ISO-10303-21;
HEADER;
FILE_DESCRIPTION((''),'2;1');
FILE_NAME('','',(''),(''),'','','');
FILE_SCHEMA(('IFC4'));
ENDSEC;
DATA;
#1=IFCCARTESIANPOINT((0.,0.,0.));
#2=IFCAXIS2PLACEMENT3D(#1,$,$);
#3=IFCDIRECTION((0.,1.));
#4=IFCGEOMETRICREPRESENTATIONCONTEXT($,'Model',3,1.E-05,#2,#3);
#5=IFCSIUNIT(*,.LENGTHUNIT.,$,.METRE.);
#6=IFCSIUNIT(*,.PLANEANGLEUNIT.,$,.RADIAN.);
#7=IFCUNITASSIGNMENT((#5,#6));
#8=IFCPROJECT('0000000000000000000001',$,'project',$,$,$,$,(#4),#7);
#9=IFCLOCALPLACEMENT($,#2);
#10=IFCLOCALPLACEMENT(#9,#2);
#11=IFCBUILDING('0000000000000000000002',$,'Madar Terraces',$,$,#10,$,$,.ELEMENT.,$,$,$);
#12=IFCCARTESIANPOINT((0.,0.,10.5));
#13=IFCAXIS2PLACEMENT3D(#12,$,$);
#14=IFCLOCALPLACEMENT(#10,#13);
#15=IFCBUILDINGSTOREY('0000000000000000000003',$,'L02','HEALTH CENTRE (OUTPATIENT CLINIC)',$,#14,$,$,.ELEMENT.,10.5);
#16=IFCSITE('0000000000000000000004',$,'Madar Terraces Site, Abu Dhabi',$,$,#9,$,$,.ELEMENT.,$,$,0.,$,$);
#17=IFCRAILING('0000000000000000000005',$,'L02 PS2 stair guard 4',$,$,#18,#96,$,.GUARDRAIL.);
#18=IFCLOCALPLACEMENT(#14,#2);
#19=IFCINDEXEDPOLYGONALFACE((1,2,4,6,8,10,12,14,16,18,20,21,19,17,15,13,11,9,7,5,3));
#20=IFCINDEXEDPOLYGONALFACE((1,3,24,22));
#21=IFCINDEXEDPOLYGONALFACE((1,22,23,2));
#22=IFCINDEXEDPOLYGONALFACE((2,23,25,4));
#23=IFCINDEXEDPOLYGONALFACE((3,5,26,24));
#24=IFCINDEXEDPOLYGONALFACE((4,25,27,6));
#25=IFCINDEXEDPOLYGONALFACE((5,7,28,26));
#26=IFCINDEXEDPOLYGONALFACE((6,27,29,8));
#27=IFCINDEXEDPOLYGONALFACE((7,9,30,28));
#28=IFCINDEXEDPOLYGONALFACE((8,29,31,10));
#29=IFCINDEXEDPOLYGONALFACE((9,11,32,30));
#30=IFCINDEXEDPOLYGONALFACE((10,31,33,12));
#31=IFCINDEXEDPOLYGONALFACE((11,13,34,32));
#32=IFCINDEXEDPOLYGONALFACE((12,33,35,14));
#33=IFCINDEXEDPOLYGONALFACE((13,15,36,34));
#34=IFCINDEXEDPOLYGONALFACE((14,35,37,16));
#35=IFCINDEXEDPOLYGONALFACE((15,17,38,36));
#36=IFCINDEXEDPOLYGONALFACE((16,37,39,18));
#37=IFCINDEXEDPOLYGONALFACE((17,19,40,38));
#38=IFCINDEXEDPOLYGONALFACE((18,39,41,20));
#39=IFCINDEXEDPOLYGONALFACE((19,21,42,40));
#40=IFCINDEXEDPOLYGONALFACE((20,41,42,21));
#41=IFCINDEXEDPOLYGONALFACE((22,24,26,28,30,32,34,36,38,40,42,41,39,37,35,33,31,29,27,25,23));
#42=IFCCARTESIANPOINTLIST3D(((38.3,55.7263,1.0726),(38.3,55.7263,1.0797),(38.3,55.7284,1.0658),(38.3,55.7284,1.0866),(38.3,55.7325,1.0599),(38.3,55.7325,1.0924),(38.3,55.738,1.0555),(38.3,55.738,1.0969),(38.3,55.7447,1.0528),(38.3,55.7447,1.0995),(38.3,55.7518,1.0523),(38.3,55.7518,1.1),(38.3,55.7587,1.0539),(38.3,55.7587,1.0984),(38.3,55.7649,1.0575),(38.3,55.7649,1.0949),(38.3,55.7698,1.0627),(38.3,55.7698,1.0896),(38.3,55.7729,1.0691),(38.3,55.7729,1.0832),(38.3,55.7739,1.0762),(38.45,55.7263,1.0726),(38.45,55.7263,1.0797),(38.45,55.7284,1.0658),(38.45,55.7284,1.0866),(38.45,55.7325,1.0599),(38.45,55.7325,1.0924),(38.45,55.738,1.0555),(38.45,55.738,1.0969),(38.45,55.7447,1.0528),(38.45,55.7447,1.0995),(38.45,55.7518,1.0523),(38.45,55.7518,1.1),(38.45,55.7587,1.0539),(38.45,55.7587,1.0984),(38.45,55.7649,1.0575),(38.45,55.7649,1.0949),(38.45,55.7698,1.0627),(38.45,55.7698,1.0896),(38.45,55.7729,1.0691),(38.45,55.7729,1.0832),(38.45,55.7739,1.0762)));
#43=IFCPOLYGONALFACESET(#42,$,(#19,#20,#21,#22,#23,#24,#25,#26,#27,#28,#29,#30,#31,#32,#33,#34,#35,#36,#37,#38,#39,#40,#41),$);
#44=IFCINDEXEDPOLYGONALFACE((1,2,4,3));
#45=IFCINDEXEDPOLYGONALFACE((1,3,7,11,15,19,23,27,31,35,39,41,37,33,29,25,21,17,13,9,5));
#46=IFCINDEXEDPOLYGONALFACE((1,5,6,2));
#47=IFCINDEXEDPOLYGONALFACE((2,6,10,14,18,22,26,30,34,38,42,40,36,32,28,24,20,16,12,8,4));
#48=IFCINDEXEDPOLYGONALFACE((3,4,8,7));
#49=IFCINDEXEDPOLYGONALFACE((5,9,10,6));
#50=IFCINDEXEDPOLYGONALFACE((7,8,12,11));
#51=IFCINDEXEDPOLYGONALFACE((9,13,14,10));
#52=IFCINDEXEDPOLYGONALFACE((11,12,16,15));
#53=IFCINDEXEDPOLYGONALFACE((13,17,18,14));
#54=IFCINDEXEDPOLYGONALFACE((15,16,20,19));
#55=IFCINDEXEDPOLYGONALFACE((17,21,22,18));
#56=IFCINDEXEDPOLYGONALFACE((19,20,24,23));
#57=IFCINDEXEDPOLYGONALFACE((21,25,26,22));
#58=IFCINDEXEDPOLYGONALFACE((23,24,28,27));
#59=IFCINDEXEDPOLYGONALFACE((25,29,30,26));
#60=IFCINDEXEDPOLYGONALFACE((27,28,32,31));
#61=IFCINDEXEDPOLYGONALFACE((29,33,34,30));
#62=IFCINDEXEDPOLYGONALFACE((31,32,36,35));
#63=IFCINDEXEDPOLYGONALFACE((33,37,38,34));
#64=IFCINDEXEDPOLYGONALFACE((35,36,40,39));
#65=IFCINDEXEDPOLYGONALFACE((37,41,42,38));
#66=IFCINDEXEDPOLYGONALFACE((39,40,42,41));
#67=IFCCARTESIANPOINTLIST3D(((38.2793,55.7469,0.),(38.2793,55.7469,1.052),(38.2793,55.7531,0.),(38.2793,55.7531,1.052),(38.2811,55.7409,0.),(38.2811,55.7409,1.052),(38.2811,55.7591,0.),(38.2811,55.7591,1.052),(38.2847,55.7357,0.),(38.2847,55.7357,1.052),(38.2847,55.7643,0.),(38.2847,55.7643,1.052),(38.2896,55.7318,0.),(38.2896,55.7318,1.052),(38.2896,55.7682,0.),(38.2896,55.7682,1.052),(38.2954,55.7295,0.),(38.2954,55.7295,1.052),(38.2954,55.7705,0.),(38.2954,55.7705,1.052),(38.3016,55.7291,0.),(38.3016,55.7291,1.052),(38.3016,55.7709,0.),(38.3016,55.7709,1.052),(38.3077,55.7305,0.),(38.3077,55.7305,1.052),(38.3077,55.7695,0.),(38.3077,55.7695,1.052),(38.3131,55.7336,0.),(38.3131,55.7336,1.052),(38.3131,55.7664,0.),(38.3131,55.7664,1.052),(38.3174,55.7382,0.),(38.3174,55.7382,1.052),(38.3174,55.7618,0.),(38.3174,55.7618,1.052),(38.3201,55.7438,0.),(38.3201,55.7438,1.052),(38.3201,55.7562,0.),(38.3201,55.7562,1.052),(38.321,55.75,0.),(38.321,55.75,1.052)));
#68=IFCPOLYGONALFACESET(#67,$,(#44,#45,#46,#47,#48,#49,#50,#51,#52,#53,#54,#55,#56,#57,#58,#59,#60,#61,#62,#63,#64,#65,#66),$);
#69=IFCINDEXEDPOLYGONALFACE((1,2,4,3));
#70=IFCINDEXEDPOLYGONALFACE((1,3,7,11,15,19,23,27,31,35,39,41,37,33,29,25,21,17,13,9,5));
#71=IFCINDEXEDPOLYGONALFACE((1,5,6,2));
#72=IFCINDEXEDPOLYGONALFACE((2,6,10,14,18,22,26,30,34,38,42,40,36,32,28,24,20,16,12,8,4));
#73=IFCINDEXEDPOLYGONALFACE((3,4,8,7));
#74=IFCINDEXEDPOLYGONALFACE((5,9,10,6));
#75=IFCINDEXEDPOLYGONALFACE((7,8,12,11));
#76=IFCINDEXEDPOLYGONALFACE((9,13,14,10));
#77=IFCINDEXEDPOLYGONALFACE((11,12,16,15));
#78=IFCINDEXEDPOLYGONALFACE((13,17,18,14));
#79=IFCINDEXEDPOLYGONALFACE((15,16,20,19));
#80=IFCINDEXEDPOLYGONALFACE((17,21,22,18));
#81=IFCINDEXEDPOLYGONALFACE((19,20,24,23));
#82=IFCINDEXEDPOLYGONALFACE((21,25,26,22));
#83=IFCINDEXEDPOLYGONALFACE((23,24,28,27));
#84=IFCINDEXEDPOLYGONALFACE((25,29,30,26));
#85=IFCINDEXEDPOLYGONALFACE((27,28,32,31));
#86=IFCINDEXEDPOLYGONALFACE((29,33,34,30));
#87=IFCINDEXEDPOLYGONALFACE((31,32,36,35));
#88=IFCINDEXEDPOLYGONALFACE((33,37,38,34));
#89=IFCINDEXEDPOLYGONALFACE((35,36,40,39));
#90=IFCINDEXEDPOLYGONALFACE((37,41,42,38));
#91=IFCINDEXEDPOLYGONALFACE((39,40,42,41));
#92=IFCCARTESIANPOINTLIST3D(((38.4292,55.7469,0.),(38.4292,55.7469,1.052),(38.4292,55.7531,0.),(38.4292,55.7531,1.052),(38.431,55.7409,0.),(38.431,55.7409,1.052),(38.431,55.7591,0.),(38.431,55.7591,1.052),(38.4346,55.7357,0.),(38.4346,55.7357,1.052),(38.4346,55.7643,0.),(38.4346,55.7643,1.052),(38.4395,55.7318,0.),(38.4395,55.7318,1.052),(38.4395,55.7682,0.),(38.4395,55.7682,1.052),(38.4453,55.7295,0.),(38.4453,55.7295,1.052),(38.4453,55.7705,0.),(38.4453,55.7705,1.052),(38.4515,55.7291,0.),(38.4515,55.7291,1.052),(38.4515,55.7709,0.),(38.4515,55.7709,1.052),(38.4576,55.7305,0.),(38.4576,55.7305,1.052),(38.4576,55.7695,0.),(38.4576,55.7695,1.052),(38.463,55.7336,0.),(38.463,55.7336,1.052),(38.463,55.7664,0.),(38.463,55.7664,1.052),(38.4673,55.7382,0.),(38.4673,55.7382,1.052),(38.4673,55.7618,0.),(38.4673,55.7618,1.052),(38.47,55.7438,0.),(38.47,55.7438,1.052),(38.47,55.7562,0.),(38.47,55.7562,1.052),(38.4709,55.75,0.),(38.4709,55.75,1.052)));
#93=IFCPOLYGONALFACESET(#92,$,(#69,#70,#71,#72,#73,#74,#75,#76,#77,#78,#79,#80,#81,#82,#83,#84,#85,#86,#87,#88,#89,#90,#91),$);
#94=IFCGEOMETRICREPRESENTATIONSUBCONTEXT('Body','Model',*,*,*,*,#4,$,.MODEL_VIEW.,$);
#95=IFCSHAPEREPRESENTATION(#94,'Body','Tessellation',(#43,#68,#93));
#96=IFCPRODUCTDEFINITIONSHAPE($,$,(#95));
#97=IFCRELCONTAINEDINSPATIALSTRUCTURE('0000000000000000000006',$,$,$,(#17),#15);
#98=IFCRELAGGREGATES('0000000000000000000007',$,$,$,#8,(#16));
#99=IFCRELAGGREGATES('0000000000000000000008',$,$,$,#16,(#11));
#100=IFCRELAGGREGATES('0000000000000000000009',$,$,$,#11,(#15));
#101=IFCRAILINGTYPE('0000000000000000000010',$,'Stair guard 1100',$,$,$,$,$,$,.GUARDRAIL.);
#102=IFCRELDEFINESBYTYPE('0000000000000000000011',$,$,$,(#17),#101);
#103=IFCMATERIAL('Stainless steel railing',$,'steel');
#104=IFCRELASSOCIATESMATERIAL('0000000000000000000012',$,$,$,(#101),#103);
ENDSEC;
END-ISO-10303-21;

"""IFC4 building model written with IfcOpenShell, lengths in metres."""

from ifc_helpers import new_model, si_unit, direction, frame, origin, origin_2d, place, context, subcontext, project, spatial, circle, extrude, material, type_object, element, save


model = new_model("IFC4")

# Units and contexts
model_context = context("Model", 3, precision=1e-05, world=origin(), true_north=direction((0.0, 1.0)))
body_context = subcontext(model_context, "Body", "Model", "MODEL_VIEW")
ifc_project = project(units=[si_unit("LENGTHUNIT", "METRE"), si_unit("PLANEANGLEUNIT", "RADIAN")], contexts=[model_context])

# Site, building, storey
site_placement = place(None, origin())
site = spatial("IfcSite", under=ifc_project, at=site_placement, Name="Madar Terraces Site, Abu Dhabi", CompositionType="ELEMENT", RefElevation=0.0)
building_placement = place(site_placement, origin())
building = spatial("IfcBuilding", under=site, at=building_placement, Name="Madar Terraces", CompositionType="ELEMENT")
storey_placement = place(building_placement, frame((0.0, 0.0, 10.5)))
storey = spatial("IfcBuildingStorey", under=building, at=storey_placement, Name="L02", Description="HEALTH CENTRE (OUTPATIENT CLINIC)", CompositionType="ELEMENT", Elevation=10.5)

# Railing
ifc_material_1 = material(Name="Stainless steel railing", Category="steel")
railing_type_1 = type_object("IfcRailingType", Name="Stair guard 1100", PredefinedType="GUARDRAIL", material=ifc_material_1)
railing_1_placement = place(storey_placement, frame((38.3, 55.75, 0.0)))
element("IfcRailing", 1, at=railing_1_placement, inside=storey, type_object=railing_type_1, Name="L02 PS2 stair guard 4", PredefinedType="GUARDRAIL", context=body_context, shape_type="SweptSolid", body=[
    extrude(circle(Radius=0.0239, at=origin_2d()), frame((0.0, 0.0, 1.0762), z_axis=(1.0, 0.0, 0.0), x_axis=(0.0, 1.0, 0.0)), (0.0, 0.0, 1.0), 0.1499),
    extrude(circle(Radius=0.021, at=origin_2d()), origin(), (0.0, 0.0, 1.0), 1.052),
    extrude(circle(Radius=0.021, at=origin_2d()), frame((0.1499, 0.0, 0.0)), (0.0, 0.0, 1.0), 1.052),
])

save(model, "model.ifc")
